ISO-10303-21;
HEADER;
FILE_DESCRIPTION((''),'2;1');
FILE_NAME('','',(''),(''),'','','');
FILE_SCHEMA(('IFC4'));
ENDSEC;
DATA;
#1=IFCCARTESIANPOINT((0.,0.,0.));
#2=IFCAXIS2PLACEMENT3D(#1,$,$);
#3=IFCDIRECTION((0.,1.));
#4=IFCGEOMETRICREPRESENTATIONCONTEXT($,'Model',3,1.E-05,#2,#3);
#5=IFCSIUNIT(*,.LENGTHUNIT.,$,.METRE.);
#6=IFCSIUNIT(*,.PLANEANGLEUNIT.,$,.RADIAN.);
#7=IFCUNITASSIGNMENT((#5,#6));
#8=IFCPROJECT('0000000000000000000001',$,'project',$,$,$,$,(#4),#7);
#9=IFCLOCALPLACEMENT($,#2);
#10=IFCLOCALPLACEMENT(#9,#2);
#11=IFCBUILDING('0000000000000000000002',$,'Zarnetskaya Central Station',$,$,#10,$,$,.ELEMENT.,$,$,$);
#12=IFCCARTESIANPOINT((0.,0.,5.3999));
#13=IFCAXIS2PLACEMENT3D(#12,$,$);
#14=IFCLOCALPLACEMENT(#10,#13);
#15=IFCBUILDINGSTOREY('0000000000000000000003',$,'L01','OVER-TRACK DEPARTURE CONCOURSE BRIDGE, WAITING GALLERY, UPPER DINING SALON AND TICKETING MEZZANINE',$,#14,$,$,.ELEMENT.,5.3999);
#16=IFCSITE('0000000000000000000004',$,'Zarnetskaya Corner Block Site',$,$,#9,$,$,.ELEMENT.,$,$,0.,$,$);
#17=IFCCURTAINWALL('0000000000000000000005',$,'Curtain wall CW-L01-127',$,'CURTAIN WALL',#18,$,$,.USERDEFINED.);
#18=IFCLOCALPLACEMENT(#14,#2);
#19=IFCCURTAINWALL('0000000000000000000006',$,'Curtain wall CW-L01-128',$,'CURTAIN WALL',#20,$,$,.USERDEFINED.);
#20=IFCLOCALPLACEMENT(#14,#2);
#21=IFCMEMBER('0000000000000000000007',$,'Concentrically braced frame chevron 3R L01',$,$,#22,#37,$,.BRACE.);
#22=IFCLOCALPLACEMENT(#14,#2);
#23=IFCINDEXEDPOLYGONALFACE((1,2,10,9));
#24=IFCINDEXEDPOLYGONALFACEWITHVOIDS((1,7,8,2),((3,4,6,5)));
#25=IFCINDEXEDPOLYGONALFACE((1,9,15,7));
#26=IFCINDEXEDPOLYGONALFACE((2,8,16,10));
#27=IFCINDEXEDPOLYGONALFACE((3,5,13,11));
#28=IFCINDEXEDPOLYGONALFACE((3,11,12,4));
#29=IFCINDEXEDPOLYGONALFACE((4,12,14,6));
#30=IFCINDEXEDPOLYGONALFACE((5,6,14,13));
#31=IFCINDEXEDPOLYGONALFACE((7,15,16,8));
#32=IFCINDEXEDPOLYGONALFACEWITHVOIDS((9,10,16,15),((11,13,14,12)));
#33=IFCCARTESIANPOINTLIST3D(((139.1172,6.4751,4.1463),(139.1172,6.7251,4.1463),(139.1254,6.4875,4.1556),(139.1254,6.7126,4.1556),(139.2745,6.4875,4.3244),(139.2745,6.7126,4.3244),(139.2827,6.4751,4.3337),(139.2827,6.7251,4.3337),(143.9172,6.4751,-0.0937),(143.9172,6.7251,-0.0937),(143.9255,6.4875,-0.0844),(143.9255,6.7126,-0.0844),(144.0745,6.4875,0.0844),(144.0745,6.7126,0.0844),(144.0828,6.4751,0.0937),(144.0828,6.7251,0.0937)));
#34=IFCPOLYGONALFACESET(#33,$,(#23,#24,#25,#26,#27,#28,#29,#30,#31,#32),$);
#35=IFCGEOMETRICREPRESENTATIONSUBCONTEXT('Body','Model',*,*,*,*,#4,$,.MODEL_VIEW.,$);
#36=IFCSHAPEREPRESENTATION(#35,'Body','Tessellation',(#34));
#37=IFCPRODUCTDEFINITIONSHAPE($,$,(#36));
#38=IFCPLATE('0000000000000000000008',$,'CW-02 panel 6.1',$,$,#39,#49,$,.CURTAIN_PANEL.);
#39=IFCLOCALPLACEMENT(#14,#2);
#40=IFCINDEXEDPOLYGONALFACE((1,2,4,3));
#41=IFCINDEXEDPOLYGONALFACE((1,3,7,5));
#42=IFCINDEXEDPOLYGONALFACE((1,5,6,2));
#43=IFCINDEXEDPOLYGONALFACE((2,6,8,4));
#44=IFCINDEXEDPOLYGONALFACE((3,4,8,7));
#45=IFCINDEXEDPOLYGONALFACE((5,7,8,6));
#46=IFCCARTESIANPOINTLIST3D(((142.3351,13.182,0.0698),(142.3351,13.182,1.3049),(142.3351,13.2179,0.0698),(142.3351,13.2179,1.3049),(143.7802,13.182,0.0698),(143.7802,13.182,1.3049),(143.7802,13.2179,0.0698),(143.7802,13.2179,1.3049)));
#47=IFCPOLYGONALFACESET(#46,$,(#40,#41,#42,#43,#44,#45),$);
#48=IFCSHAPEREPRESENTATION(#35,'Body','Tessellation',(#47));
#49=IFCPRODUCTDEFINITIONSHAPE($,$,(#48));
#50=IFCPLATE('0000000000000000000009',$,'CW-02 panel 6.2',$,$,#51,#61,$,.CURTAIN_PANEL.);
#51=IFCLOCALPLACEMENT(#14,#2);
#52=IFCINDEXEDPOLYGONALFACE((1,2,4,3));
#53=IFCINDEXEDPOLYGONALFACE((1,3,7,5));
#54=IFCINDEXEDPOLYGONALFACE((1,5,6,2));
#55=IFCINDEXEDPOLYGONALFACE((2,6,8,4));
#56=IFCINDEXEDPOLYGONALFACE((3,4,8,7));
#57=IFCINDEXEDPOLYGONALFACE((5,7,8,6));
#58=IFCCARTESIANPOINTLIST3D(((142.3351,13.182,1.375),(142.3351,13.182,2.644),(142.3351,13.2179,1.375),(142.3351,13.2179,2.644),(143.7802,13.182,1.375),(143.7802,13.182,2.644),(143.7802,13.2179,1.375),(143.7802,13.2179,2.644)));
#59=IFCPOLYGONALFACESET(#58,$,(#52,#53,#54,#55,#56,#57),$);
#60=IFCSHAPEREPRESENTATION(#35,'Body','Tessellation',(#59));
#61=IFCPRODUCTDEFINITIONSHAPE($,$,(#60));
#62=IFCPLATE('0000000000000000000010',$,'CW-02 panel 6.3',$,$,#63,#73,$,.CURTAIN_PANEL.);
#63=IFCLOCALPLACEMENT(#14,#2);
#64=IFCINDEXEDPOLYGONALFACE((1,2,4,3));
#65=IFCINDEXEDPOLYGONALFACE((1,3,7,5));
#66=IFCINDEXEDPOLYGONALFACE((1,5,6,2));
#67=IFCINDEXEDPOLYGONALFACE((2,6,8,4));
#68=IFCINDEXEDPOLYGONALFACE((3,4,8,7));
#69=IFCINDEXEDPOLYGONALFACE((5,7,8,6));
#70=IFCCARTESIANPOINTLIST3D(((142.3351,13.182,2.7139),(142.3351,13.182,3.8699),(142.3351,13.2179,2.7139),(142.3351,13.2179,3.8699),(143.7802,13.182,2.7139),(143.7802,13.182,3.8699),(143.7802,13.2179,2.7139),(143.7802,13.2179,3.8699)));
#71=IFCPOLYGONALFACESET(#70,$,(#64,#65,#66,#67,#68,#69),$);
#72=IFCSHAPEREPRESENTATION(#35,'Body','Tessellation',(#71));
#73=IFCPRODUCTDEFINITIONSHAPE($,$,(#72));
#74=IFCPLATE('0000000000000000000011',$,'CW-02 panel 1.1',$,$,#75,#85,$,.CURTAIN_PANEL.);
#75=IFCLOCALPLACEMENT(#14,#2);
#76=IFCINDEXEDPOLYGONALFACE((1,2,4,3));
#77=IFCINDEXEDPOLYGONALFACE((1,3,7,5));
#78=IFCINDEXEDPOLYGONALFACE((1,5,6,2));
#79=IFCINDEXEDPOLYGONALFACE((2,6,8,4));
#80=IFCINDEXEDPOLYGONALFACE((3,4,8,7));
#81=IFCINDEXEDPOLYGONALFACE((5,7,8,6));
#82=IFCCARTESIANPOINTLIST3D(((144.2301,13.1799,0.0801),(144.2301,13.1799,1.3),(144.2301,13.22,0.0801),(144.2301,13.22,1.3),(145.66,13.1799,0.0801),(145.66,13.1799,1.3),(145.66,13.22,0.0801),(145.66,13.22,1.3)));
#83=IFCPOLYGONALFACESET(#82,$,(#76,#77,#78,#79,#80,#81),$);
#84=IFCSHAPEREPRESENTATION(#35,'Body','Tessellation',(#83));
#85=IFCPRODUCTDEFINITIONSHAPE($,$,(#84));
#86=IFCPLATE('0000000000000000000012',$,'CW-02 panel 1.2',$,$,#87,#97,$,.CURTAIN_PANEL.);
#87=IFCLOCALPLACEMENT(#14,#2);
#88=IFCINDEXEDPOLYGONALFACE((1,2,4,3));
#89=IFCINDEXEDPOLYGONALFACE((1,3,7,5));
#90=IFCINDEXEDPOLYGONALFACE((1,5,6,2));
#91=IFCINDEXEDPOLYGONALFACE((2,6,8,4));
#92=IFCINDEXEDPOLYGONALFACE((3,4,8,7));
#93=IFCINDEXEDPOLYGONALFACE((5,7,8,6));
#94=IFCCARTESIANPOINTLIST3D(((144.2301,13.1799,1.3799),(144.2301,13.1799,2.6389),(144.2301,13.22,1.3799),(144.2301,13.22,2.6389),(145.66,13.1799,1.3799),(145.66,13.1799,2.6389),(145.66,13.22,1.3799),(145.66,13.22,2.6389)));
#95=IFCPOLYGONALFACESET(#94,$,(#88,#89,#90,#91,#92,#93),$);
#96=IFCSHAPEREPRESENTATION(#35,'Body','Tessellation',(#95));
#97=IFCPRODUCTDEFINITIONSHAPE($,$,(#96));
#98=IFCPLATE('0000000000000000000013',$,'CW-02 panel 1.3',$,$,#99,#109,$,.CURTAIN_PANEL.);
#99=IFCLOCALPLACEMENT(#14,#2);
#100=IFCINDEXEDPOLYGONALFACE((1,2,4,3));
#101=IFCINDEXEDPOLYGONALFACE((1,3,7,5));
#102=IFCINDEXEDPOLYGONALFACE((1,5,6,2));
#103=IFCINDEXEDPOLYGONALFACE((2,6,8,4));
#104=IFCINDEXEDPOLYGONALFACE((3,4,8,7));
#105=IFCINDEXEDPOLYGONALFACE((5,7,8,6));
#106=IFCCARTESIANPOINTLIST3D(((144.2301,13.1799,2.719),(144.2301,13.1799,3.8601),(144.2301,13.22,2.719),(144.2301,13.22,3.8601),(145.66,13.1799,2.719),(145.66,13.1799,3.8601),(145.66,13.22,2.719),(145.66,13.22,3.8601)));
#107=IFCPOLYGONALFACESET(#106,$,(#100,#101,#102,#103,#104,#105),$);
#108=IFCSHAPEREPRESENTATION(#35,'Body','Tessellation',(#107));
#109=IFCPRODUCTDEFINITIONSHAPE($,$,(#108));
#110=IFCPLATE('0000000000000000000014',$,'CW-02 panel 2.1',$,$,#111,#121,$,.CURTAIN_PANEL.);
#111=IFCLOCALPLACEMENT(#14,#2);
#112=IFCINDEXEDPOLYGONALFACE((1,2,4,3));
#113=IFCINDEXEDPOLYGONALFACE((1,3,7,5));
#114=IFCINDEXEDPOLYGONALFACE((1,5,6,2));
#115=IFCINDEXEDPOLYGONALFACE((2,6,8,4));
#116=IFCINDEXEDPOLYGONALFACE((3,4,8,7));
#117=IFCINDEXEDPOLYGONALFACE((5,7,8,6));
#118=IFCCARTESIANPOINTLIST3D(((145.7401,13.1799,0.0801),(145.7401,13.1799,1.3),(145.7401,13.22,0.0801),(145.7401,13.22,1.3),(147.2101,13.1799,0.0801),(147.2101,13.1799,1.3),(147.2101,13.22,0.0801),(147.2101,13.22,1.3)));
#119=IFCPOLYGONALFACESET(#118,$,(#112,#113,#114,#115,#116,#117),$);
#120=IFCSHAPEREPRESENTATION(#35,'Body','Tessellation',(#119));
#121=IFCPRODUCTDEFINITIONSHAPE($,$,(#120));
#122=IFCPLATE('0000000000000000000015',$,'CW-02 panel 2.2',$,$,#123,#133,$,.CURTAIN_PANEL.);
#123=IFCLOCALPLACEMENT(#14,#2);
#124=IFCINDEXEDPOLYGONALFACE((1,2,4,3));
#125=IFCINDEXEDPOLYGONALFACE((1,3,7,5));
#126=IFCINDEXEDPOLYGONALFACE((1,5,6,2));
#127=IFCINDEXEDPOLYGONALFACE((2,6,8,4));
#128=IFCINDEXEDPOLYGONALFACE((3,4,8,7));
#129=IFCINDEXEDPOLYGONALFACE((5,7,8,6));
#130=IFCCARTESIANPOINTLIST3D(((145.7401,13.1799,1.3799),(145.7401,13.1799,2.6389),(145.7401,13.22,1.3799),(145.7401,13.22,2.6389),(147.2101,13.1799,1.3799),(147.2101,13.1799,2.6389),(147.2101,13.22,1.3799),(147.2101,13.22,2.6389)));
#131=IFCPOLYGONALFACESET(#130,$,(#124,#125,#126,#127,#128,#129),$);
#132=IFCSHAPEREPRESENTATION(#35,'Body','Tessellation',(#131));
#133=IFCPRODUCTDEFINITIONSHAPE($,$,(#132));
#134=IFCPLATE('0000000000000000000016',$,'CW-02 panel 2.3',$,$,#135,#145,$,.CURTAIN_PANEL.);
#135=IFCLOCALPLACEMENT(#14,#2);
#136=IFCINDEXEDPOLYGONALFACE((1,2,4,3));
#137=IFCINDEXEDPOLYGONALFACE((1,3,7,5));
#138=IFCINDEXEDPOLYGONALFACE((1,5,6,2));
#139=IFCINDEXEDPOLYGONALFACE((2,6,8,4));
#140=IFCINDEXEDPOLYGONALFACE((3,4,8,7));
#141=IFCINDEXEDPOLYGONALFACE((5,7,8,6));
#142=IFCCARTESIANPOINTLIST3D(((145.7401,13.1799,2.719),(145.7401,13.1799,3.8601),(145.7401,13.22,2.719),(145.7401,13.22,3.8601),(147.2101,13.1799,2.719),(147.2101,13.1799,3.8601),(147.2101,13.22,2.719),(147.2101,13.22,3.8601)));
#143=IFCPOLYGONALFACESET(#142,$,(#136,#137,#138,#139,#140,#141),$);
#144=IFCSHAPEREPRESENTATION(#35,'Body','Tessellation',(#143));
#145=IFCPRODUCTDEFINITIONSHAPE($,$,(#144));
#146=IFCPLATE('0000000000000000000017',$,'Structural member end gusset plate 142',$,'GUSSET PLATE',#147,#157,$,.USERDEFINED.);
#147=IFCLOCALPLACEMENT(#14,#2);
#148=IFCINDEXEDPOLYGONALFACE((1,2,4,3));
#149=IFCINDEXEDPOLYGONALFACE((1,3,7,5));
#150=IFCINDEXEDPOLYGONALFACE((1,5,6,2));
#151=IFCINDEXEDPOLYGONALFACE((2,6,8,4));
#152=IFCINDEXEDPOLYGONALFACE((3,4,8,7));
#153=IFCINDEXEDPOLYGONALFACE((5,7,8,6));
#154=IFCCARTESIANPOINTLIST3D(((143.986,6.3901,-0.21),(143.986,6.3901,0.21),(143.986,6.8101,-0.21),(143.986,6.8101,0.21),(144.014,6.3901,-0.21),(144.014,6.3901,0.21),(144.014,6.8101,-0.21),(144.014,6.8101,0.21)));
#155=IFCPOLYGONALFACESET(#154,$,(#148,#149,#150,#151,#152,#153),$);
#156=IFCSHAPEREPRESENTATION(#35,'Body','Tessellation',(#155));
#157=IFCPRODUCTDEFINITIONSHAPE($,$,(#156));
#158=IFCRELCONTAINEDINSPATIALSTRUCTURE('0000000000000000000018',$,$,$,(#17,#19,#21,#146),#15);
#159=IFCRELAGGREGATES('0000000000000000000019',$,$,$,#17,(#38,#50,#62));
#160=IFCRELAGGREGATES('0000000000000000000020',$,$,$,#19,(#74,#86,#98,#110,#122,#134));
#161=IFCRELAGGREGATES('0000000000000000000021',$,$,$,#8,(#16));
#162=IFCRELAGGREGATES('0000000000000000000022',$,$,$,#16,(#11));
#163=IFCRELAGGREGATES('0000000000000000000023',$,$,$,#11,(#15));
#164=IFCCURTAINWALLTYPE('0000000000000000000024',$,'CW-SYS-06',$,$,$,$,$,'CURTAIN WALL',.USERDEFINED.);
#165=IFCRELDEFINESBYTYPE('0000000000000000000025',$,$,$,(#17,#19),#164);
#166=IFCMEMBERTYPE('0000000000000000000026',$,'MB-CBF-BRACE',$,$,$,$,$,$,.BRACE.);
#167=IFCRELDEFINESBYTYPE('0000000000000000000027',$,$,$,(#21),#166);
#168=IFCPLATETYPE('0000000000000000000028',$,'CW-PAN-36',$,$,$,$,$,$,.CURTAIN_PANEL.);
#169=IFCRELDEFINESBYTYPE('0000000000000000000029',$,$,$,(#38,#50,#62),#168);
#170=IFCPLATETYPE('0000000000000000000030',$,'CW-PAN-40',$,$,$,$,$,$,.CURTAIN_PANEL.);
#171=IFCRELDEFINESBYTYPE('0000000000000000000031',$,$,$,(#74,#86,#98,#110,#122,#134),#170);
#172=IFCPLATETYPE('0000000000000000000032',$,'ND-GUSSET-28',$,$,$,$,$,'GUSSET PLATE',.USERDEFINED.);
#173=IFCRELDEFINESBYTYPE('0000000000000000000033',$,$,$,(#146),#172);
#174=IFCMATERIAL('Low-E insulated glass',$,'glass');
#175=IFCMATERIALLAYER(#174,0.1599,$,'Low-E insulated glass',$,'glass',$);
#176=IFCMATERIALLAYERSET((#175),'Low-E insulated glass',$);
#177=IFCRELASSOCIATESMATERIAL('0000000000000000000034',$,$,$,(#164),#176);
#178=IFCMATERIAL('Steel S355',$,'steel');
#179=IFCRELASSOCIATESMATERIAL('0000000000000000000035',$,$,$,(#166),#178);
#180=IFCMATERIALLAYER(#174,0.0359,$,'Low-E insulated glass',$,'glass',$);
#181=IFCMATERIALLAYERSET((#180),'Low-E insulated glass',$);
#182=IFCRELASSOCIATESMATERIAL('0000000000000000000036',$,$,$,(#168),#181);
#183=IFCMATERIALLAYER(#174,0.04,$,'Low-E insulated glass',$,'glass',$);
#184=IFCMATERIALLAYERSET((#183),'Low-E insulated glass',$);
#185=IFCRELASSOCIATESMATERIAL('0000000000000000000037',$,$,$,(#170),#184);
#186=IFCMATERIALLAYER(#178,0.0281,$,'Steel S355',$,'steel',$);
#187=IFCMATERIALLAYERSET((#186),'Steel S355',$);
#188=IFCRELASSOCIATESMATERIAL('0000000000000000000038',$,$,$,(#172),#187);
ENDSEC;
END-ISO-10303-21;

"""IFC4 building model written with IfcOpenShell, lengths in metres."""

from ifc_helpers import new_model, si_unit, direction, frame, origin, origin_2d, place, context, subcontext, project, spatial, rectangle, hollow_rectangle, extrude, material, layer, layer_set, material_profile, profile_set, type_object, element, aggregate, save


model = new_model("IFC4")

# Units and contexts
model_context = context("Model", 3, precision=1e-05, world=origin(), true_north=direction((0.0, 1.0)))
body_context = subcontext(model_context, "Body", "Model", "MODEL_VIEW")
ifc_project = project(units=[si_unit("LENGTHUNIT", "METRE"), si_unit("PLANEANGLEUNIT", "RADIAN")], contexts=[model_context])

# Site, building, storey
site_placement = place(None, origin())
site = spatial("IfcSite", under=ifc_project, at=site_placement, Name="Zarnetskaya Corner Block Site", CompositionType="ELEMENT", RefElevation=0.0)
building_placement = place(site_placement, origin())
building = spatial("IfcBuilding", under=site, at=building_placement, Name="Zarnetskaya Central Station", CompositionType="ELEMENT")
storey_placement = place(building_placement, frame((0.0, 0.0, 5.3999)))
storey = spatial("IfcBuildingStorey", under=building, at=storey_placement, Name="L01", Description="OVER-TRACK DEPARTURE CONCOURSE BRIDGE, WAITING GALLERY, UPPER DINING SALON AND TICKETING MEZZANINE", CompositionType="ELEMENT", Elevation=5.3999)

# Shared definitions
ifc_material_1 = material(Name="Steel S355", Category="steel")

# Curtain walls
ifc_material_2 = material(Name="Low-E insulated glass", Category="glass")
ifc_layer_1 = layer(ifc_material_2, 0.1599, Name="Low-E insulated glass", Category="glass")
ifc_layer_set_1 = layer_set([ifc_layer_1], Name="Low-E insulated glass")
curtain_wall_type = type_object("IfcCurtainWallType", Name="CW-SYS-06", ElementType="CURTAIN WALL", PredefinedType="USERDEFINED", material=ifc_layer_set_1)
curtain_wall_1_placement = place(storey_placement, origin())
curtain_wall_1 = element("IfcCurtainWall", 1, at=curtain_wall_1_placement, inside=storey, type_object=curtain_wall_type, Name="Curtain wall CW-L01-127", ObjectType="CURTAIN WALL", PredefinedType="USERDEFINED")
curtain_wall_2_placement = place(storey_placement, origin())
curtain_wall_2 = element("IfcCurtainWall", 2, at=curtain_wall_2_placement, inside=storey, type_object=curtain_wall_type, Name="Curtain wall CW-L01-128", ObjectType="CURTAIN WALL", PredefinedType="USERDEFINED")

# Member
ifc_material_profile_1 = material_profile(ifc_material_1, hollow_rectangle(XDim=0.25, YDim=0.25, WallThickness=0.0125, at=origin_2d()), Name="SHS 250x250x12.5")
ifc_profile_set_1 = profile_set([ifc_material_profile_1], Name="Steel S355")
member_type_1 = type_object("IfcMemberType", Name="MB-CBF-BRACE", PredefinedType="BRACE", material=ifc_profile_set_1)
member_1_placement = place(storey_placement, frame((144.0, 6.6001, 0.0), z_axis=(-0.749477, 0.0, 0.66203), x_axis=(0.0, -1.0, 0.0)))
element("IfcMember", 3, at=member_1_placement, inside=storey, type_object=member_type_1, Name="Concentrically braced frame chevron 3R L01", PredefinedType="BRACE", context=body_context, shape_type="SweptSolid", body=[
    extrude(hollow_rectangle(XDim=0.25, YDim=0.25, WallThickness=0.0125, at=origin_2d()), origin(), (0.0, 0.0, 1.0), 6.4045),
])

# Plates
ifc_layer_2 = layer(ifc_material_2, 0.0359, Name="Low-E insulated glass", Category="glass")
ifc_layer_set_2 = layer_set([ifc_layer_2], Name="Low-E insulated glass")
plate_type_1 = type_object("IfcPlateType", Name="CW-PAN-36", PredefinedType="CURTAIN_PANEL", material=ifc_layer_set_2)
plate_1_placement = place(storey_placement, frame((143.0576, 13.2, 0.0698), z_axis=(0.0, 0.0, 1.0), x_axis=(1.0, 0.0, 0.0)))
plate_1 = element("IfcPlate", 4, at=plate_1_placement, type_object=plate_type_1, Name="CW-02 panel 6.1", PredefinedType="CURTAIN_PANEL", context=body_context, shape_type="SweptSolid", body=[
    extrude(rectangle(XDim=1.4451, YDim=0.0359, at=origin_2d()), origin(), (0.0, 0.0, 1.0), 1.2351),
])
plate_2_placement = place(storey_placement, frame((143.0576, 13.2, 1.375), z_axis=(0.0, 0.0, 1.0), x_axis=(1.0, 0.0, 0.0)))
plate_2 = element("IfcPlate", 5, at=plate_2_placement, type_object=plate_type_1, Name="CW-02 panel 6.2", PredefinedType="CURTAIN_PANEL", context=body_context, shape_type="SweptSolid", body=[
    extrude(rectangle(XDim=1.4451, YDim=0.0359, at=origin_2d()), origin(), (0.0, 0.0, 1.0), 1.269),
])
plate_3_placement = place(storey_placement, frame((143.0576, 13.2, 2.7139), z_axis=(0.0, 0.0, 1.0), x_axis=(1.0, 0.0, 0.0)))
plate_3 = element("IfcPlate", 6, at=plate_3_placement, type_object=plate_type_1, Name="CW-02 panel 6.3", PredefinedType="CURTAIN_PANEL", context=body_context, shape_type="SweptSolid", body=[
    extrude(rectangle(XDim=1.4451, YDim=0.0359, at=origin_2d()), origin(), (0.0, 0.0, 1.0), 1.156),
])
aggregate(curtain_wall_1, [plate_1, plate_2, plate_3])
ifc_layer_3 = layer(ifc_material_2, 0.04, Name="Low-E insulated glass", Category="glass")
ifc_layer_set_3 = layer_set([ifc_layer_3], Name="Low-E insulated glass")
plate_type_2 = type_object("IfcPlateType", Name="CW-PAN-40", PredefinedType="CURTAIN_PANEL", material=ifc_layer_set_3)
plate_4_placement = place(storey_placement, frame((144.9451, 13.2, 0.0801), z_axis=(0.0, 0.0, 1.0), x_axis=(1.0, 0.0, 0.0)))
plate_4 = element("IfcPlate", 7, at=plate_4_placement, type_object=plate_type_2, Name="CW-02 panel 1.1", PredefinedType="CURTAIN_PANEL", context=body_context, shape_type="SweptSolid", body=[
    extrude(rectangle(XDim=1.4299, YDim=0.04, at=origin_2d()), origin(), (0.0, 0.0, 1.0), 1.22),
])
plate_5_placement = place(storey_placement, frame((144.9451, 13.2, 1.3799), z_axis=(0.0, 0.0, 1.0), x_axis=(1.0, 0.0, 0.0)))
plate_5 = element("IfcPlate", 8, at=plate_5_placement, type_object=plate_type_2, Name="CW-02 panel 1.2", PredefinedType="CURTAIN_PANEL", context=body_context, shape_type="SweptSolid", body=[
    extrude(rectangle(XDim=1.4299, YDim=0.04, at=origin_2d()), origin(), (0.0, 0.0, 1.0), 1.259),
])
plate_6_placement = place(storey_placement, frame((144.9451, 13.2, 2.719), z_axis=(0.0, 0.0, 1.0), x_axis=(1.0, 0.0, 0.0)))
plate_6 = element("IfcPlate", 9, at=plate_6_placement, type_object=plate_type_2, Name="CW-02 panel 1.3", PredefinedType="CURTAIN_PANEL", context=body_context, shape_type="SweptSolid", body=[
    extrude(rectangle(XDim=1.4299, YDim=0.04, at=origin_2d()), origin(), (0.0, 0.0, 1.0), 1.1411),
])
plate_7_placement = place(storey_placement, frame((146.4751, 13.2, 0.0801), z_axis=(0.0, 0.0, 1.0), x_axis=(1.0, 0.0, 0.0)))
plate_7 = element("IfcPlate", 10, at=plate_7_placement, type_object=plate_type_2, Name="CW-02 panel 2.1", PredefinedType="CURTAIN_PANEL", context=body_context, shape_type="SweptSolid", body=[
    extrude(rectangle(XDim=1.47, YDim=0.04, at=origin_2d()), origin(), (0.0, 0.0, 1.0), 1.22),
])
plate_8_placement = place(storey_placement, frame((146.4751, 13.2, 1.3799), z_axis=(0.0, 0.0, 1.0), x_axis=(1.0, 0.0, 0.0)))
plate_8 = element("IfcPlate", 11, at=plate_8_placement, type_object=plate_type_2, Name="CW-02 panel 2.2", PredefinedType="CURTAIN_PANEL", context=body_context, shape_type="SweptSolid", body=[
    extrude(rectangle(XDim=1.47, YDim=0.04, at=origin_2d()), origin(), (0.0, 0.0, 1.0), 1.259),
])
plate_9_placement = place(storey_placement, frame((146.4751, 13.2, 2.719), z_axis=(0.0, 0.0, 1.0), x_axis=(1.0, 0.0, 0.0)))
plate_9 = element("IfcPlate", 12, at=plate_9_placement, type_object=plate_type_2, Name="CW-02 panel 2.3", PredefinedType="CURTAIN_PANEL", context=body_context, shape_type="SweptSolid", body=[
    extrude(rectangle(XDim=1.47, YDim=0.04, at=origin_2d()), origin(), (0.0, 0.0, 1.0), 1.1411),
])
aggregate(curtain_wall_2, [plate_4, plate_5, plate_6, plate_7, plate_8, plate_9])
ifc_layer_4 = layer(ifc_material_1, 0.0281, Name="Steel S355", Category="steel")
ifc_layer_set_4 = layer_set([ifc_layer_4], Name="Steel S355")
plate_type_3 = type_object("IfcPlateType", Name="ND-GUSSET-28", ElementType="GUSSET PLATE", PredefinedType="USERDEFINED", material=ifc_layer_set_4)
plate_10_placement = place(storey_placement, frame((144.0, 6.6001, -0.21), z_axis=(0.0, 0.0, 1.0), x_axis=(1.0, 0.0, 0.0)))
element("IfcPlate", 13, at=plate_10_placement, inside=storey, type_object=plate_type_3, Name="Structural member end gusset plate 142", ObjectType="GUSSET PLATE", PredefinedType="USERDEFINED", context=body_context, shape_type="SweptSolid", body=[
    extrude(rectangle(XDim=0.0281, YDim=0.4199, at=origin_2d()), origin(), (0.0, 0.0, 1.0), 0.4199),
])

save(model, "model.ifc")
